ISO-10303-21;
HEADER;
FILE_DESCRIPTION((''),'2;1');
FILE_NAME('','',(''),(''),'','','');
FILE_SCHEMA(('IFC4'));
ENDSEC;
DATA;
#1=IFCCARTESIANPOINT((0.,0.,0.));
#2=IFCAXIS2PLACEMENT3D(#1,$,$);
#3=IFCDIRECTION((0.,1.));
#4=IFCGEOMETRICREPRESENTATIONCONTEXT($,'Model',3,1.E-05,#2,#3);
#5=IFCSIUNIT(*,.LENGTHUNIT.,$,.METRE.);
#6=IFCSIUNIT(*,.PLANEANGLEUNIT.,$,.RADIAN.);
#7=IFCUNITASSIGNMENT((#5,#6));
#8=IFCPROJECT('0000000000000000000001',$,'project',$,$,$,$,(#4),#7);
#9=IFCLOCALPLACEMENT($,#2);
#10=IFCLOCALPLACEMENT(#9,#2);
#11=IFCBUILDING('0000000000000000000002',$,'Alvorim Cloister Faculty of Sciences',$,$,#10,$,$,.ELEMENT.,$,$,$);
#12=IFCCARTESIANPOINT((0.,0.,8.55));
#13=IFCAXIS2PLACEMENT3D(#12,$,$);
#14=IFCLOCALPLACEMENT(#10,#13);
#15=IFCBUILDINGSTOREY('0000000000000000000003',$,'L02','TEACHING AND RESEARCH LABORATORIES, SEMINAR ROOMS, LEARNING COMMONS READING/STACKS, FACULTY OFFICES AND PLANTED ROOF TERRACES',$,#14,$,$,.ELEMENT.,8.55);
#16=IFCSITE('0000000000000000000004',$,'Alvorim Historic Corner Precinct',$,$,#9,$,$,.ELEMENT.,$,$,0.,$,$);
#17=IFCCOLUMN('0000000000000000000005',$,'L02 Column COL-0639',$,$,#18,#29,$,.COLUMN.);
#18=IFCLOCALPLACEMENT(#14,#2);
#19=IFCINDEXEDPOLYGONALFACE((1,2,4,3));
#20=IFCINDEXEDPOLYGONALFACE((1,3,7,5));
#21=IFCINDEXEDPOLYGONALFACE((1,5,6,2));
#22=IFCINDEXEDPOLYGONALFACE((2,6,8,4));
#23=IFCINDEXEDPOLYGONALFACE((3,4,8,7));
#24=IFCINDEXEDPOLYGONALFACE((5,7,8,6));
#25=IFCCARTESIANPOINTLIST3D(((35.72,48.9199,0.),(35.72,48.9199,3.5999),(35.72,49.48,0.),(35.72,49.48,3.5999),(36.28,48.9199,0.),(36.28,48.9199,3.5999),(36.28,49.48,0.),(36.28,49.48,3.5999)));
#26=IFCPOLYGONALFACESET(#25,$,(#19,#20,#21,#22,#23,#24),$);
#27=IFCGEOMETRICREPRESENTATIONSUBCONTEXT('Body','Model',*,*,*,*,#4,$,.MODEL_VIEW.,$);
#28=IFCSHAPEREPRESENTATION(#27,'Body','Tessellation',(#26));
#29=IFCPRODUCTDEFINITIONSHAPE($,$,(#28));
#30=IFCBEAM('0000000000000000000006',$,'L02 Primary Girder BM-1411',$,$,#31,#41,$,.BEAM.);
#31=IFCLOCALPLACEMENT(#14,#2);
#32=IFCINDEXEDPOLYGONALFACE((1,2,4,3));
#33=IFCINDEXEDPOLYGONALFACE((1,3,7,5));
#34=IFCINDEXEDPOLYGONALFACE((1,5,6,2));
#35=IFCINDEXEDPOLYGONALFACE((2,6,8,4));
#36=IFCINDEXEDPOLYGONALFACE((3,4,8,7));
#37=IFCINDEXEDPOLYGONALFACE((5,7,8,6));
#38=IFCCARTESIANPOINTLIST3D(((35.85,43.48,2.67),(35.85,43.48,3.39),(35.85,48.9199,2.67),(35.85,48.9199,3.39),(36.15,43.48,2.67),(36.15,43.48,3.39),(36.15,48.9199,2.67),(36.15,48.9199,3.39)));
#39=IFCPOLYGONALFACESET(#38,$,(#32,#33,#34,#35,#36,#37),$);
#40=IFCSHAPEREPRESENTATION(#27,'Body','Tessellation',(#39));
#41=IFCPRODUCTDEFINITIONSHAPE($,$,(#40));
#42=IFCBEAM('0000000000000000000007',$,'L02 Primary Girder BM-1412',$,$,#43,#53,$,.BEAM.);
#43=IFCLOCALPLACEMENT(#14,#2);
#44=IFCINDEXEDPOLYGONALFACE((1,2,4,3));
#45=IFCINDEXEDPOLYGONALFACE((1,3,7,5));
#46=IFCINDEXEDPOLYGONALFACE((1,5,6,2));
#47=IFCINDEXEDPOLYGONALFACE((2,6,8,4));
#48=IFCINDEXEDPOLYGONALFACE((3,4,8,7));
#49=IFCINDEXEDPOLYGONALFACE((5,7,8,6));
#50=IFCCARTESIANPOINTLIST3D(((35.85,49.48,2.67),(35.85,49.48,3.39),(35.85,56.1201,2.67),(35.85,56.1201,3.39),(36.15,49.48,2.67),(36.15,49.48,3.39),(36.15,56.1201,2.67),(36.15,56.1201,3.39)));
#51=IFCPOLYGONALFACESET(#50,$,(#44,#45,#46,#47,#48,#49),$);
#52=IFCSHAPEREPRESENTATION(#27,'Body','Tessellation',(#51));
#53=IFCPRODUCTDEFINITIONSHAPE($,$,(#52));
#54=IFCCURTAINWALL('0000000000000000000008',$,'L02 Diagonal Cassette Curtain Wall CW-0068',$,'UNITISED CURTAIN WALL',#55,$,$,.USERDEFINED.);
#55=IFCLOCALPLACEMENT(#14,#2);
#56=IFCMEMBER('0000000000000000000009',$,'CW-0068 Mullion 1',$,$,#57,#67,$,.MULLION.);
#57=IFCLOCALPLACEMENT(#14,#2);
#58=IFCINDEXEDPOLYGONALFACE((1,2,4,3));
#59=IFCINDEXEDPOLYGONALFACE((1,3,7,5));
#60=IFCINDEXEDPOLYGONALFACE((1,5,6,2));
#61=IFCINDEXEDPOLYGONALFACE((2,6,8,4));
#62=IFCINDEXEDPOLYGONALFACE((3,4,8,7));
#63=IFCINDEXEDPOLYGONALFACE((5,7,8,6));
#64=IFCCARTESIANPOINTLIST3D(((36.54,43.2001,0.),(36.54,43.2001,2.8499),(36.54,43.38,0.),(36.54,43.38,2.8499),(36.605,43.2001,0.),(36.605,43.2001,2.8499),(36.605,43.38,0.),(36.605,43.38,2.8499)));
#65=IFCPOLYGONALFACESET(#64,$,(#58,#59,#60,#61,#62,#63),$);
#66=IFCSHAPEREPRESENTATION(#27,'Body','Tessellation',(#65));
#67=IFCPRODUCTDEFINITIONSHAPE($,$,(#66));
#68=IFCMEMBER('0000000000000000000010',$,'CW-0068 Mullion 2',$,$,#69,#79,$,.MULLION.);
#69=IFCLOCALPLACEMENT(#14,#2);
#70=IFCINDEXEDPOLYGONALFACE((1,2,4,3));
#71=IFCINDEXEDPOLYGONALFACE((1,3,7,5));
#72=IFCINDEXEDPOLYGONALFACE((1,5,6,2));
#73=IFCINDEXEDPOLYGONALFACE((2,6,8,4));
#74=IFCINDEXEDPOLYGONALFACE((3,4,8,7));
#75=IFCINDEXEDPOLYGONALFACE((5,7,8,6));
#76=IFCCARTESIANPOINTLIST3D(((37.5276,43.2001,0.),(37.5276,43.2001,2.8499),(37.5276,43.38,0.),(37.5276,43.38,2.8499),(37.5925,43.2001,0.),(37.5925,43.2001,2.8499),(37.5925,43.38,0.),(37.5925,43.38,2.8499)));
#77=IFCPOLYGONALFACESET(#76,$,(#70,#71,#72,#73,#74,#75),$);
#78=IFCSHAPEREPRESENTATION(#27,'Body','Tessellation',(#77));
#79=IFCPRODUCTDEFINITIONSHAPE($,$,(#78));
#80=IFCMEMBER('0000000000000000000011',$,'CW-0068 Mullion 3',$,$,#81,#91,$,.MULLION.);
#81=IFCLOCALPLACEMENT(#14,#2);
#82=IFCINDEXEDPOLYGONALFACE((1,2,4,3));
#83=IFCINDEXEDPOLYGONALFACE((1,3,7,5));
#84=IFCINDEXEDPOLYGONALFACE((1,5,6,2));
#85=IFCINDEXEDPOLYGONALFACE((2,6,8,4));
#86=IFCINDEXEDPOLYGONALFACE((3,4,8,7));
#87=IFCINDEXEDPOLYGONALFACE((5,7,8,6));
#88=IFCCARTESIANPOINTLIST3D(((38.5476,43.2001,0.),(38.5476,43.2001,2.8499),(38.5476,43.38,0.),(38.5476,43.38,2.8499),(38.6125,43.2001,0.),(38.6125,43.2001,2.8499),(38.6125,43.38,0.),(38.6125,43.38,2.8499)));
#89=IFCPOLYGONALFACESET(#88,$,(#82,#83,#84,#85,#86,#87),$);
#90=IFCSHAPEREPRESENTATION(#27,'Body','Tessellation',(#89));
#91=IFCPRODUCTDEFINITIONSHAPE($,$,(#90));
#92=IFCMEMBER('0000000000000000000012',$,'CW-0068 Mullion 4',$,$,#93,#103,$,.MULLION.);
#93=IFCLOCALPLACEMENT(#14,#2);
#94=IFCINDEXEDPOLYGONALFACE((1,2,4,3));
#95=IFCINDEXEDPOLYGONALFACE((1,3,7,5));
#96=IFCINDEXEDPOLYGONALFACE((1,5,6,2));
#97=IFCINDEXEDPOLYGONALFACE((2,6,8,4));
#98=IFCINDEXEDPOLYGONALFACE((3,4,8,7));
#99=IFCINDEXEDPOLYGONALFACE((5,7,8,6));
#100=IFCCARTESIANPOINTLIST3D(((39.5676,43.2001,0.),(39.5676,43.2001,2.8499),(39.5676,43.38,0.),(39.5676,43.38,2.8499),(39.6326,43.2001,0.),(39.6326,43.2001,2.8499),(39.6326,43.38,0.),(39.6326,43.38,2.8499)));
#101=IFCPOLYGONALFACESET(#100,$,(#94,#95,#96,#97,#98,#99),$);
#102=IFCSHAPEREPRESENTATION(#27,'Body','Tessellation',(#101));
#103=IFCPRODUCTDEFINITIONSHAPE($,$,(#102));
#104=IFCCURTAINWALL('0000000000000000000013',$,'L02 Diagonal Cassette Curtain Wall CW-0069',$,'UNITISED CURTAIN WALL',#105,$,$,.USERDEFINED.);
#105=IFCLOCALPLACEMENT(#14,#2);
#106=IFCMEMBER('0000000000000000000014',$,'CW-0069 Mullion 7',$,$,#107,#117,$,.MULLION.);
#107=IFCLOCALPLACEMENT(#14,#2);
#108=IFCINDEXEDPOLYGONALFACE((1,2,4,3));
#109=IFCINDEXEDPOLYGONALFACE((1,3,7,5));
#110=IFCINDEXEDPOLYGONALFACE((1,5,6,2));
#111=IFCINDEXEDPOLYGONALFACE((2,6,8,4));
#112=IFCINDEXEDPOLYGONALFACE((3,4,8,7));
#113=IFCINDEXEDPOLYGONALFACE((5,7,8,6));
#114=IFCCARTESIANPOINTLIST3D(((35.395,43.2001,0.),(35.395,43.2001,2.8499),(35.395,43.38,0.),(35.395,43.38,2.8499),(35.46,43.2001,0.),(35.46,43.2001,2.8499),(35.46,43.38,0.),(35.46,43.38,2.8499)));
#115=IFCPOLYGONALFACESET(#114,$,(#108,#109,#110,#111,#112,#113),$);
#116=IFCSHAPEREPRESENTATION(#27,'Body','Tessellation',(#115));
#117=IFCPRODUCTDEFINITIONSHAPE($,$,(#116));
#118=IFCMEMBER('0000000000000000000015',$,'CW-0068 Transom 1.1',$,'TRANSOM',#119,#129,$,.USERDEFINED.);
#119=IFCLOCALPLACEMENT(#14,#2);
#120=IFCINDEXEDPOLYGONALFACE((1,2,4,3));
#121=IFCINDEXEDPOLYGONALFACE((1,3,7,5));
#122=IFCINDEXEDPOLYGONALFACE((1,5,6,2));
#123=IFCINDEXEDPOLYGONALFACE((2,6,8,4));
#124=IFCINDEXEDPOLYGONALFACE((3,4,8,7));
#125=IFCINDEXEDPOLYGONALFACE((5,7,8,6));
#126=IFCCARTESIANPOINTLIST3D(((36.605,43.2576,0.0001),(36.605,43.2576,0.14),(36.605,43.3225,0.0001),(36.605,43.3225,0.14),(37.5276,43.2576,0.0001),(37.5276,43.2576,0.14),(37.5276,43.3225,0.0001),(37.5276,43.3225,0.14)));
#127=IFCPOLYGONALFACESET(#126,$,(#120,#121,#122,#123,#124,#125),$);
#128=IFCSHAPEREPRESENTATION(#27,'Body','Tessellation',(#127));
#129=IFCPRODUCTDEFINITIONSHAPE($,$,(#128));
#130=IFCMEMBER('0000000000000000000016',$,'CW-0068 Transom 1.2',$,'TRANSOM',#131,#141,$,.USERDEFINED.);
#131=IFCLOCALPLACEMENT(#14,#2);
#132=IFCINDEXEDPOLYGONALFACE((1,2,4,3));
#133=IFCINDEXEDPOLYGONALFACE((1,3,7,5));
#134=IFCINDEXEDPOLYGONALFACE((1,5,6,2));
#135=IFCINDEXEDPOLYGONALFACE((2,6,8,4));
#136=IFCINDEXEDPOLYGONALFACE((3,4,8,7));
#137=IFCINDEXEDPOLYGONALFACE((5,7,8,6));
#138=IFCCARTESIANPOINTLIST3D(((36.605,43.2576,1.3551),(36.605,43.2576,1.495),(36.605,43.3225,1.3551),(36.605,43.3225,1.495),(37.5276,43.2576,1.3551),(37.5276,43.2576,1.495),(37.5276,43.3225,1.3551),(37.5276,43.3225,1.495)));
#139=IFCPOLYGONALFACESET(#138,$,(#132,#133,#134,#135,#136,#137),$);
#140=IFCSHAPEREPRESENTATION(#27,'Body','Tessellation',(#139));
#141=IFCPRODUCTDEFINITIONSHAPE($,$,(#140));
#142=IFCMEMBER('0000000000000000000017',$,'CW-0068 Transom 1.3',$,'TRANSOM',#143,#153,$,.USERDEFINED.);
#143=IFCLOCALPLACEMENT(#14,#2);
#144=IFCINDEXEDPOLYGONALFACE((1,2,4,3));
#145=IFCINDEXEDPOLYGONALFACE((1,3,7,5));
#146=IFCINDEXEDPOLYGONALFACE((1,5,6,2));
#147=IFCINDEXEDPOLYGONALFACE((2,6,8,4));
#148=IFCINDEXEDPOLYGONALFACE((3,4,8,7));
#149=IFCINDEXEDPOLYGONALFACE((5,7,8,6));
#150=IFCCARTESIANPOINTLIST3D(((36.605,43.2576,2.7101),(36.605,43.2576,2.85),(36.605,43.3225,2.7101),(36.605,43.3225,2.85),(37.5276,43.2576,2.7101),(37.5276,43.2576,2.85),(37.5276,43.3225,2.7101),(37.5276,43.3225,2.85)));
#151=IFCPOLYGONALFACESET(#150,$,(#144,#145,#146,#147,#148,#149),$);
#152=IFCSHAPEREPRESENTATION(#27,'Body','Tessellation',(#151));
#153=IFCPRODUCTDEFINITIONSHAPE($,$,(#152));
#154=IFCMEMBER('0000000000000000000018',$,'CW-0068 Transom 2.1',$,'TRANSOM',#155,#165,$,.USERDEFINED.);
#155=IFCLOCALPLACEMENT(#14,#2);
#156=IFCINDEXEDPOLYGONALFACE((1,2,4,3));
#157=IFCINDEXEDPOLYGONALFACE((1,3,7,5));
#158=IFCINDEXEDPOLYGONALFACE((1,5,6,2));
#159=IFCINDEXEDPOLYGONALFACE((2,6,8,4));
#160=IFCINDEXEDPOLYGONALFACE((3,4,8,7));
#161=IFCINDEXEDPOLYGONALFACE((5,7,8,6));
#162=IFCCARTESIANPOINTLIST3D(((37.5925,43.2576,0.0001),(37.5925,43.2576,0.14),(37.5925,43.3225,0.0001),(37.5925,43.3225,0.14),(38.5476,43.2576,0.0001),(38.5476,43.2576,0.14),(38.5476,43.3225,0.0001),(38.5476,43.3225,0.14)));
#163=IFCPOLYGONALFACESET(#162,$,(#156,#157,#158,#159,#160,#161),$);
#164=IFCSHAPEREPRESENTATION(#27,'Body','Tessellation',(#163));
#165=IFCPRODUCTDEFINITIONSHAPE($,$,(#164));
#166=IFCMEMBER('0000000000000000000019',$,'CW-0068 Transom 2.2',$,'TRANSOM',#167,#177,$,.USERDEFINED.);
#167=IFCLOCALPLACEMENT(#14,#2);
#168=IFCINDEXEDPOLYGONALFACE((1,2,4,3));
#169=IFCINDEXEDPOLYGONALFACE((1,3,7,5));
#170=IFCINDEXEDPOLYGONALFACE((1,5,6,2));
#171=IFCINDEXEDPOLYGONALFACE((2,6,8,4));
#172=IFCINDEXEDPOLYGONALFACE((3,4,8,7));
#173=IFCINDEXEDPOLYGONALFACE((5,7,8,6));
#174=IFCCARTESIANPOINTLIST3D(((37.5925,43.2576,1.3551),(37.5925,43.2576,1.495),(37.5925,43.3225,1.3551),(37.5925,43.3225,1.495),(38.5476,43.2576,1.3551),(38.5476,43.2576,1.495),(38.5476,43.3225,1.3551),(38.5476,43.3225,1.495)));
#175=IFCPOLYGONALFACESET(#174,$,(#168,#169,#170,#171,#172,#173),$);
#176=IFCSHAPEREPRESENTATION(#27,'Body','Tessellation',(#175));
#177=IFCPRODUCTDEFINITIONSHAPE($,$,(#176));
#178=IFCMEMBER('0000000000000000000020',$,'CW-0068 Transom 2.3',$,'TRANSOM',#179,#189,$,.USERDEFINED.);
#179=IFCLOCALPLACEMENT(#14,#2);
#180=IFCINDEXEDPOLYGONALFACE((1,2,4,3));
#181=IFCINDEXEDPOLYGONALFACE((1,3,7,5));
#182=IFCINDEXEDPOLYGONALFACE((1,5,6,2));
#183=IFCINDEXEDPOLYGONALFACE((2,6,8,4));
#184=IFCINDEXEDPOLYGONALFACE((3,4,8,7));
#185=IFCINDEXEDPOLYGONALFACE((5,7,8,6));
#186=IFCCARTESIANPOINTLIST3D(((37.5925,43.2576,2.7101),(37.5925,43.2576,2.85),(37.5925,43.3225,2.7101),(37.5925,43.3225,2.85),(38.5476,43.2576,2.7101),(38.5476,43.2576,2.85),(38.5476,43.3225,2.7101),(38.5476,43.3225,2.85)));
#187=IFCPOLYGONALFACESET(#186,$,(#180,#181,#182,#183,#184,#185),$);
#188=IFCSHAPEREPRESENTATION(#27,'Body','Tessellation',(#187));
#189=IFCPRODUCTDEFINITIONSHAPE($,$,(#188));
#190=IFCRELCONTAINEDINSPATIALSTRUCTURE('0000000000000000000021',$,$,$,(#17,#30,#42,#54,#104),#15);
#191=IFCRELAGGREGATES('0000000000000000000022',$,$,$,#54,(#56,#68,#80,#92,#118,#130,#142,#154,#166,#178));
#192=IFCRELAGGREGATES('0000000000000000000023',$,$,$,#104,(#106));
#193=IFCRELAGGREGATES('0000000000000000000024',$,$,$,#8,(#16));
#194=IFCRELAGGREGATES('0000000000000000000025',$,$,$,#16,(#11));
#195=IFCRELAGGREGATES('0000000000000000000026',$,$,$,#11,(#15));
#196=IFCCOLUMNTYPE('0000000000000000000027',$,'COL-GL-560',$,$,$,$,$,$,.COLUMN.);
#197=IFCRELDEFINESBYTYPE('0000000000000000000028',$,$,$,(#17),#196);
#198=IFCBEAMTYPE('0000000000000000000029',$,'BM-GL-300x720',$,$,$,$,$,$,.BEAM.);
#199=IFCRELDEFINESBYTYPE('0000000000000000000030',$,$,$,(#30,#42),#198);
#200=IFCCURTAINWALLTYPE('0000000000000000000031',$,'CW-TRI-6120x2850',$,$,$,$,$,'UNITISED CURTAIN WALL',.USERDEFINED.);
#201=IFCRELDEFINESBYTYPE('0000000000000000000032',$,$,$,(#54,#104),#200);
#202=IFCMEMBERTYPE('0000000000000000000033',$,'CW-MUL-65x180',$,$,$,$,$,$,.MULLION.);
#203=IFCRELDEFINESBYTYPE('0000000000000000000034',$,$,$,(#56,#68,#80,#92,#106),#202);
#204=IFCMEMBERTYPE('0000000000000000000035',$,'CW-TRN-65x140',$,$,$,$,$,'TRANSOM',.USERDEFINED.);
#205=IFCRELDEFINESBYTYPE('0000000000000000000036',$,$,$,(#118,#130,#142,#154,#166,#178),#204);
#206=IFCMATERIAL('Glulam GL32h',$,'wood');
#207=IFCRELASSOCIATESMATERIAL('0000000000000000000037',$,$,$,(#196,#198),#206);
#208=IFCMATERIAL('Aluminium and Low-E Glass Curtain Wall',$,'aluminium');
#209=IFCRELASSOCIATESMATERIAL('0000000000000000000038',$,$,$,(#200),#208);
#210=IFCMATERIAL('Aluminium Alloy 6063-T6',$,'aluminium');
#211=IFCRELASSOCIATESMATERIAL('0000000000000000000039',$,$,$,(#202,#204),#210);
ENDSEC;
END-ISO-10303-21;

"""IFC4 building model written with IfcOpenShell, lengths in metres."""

from ifc_helpers import new_model, si_unit, direction, frame, origin, origin_2d, place, context, subcontext, project, spatial, rectangle, extrude, material, material_profile, profile_set, type_object, element, aggregate, save


model = new_model("IFC4")

# Units and contexts
model_context = context("Model", 3, precision=1e-05, world=origin(), true_north=direction((0.0, 1.0)))
body_context = subcontext(model_context, "Body", "Model", "MODEL_VIEW")
ifc_project = project(units=[si_unit("LENGTHUNIT", "METRE"), si_unit("PLANEANGLEUNIT", "RADIAN")], contexts=[model_context])

# Site, building, storey
site_placement = place(None, origin())
site = spatial("IfcSite", under=ifc_project, at=site_placement, Name="Alvorim Historic Corner Precinct", CompositionType="ELEMENT", RefElevation=0.0)
building_placement = place(site_placement, origin())
building = spatial("IfcBuilding", under=site, at=building_placement, Name="Alvorim Cloister Faculty of Sciences", CompositionType="ELEMENT")
storey_placement = place(building_placement, frame((0.0, 0.0, 8.55)))
storey = spatial("IfcBuildingStorey", under=building, at=storey_placement, Name="L02", Description="TEACHING AND RESEARCH LABORATORIES, SEMINAR ROOMS, LEARNING COMMONS READING/STACKS, FACULTY OFFICES AND PLANTED ROOF TERRACES", CompositionType="ELEMENT", Elevation=8.55)

# Column
ifc_material_1 = material(Name="Glulam GL32h", Category="wood")
ifc_material_profile_1 = material_profile(ifc_material_1, rectangle(XDim=0.5601, YDim=0.5601, at=origin_2d()), Name="GL32-COL-560x560")
ifc_profile_set_1 = profile_set([ifc_material_profile_1], Name="Glulam GL32h")
column_type = type_object("IfcColumnType", Name="COL-GL-560", PredefinedType="COLUMN", material=ifc_profile_set_1)
column_placement = place(storey_placement, frame((36.0, 49.2, 0.0), z_axis=(0.0, 0.0, 1.0), x_axis=(1.0, 0.0, 0.0)))
element("IfcColumn", 1, at=column_placement, inside=storey, type_object=column_type, Name="L02 Column COL-0639", PredefinedType="COLUMN", context=body_context, shape_type="SweptSolid", body=[
    extrude(rectangle(XDim=0.5601, YDim=0.5601, at=origin_2d()), origin(), (0.0, 0.0, 1.0), 3.5999),
])

# Beams
ifc_material_profile_2 = material_profile(ifc_material_1, rectangle(XDim=0.3, YDim=0.72, at=origin_2d()), Name="GL32-BM-300x720")
ifc_profile_set_2 = profile_set([ifc_material_profile_2], Name="Glulam GL32h")
beam_type = type_object("IfcBeamType", Name="BM-GL-300x720", PredefinedType="BEAM", material=ifc_profile_set_2)
beam_1_placement = place(storey_placement, frame((36.0, 43.48, 3.03), z_axis=(0.0, 1.0, 0.0), x_axis=(-1.0, 0.0, 0.0)))
element("IfcBeam", 2, at=beam_1_placement, inside=storey, type_object=beam_type, Name="L02 Primary Girder BM-1411", PredefinedType="BEAM", context=body_context, shape_type="SweptSolid", body=[
    extrude(rectangle(XDim=0.3, YDim=0.72, at=origin_2d()), origin(), (0.0, 0.0, 1.0), 5.4399),
])
beam_2_placement = place(storey_placement, frame((36.0, 49.48, 3.03), z_axis=(0.0, 1.0, 0.0), x_axis=(-1.0, 0.0, 0.0)))
element("IfcBeam", 3, at=beam_2_placement, inside=storey, type_object=beam_type, Name="L02 Primary Girder BM-1412", PredefinedType="BEAM", context=body_context, shape_type="SweptSolid", body=[
    extrude(rectangle(XDim=0.3, YDim=0.72, at=origin_2d()), origin(), (0.0, 0.0, 1.0), 6.6401),
])

# Curtain wall, members
ifc_material_2 = material(Name="Aluminium and Low-E Glass Curtain Wall", Category="aluminium")
curtain_wall_type = type_object("IfcCurtainWallType", Name="CW-TRI-6120x2850", ElementType="UNITISED CURTAIN WALL", PredefinedType="USERDEFINED", material=ifc_material_2)
curtain_wall_1_placement = place(storey_placement, origin())
curtain_wall_1 = element("IfcCurtainWall", 4, at=curtain_wall_1_placement, inside=storey, type_object=curtain_wall_type, Name="L02 Diagonal Cassette Curtain Wall CW-0068", ObjectType="UNITISED CURTAIN WALL", PredefinedType="USERDEFINED")
ifc_material_3 = material(Name="Aluminium Alloy 6063-T6", Category="aluminium")
ifc_material_profile_3 = material_profile(ifc_material_3, rectangle(XDim=0.0649, YDim=0.1799, at=origin_2d()), Name="ALU-MUL-65x180")
ifc_profile_set_3 = profile_set([ifc_material_profile_3], Name="Aluminium Alloy 6063-T6")
member_type_1 = type_object("IfcMemberType", Name="CW-MUL-65x180", PredefinedType="MULLION", material=ifc_profile_set_3)
member_1_placement = place(storey_placement, frame((36.5725, 43.29, 0.0), z_axis=(0.0, 0.0, 1.0), x_axis=(1.0, 0.0, 0.0)))
member_1 = element("IfcMember", 5, at=member_1_placement, type_object=member_type_1, Name="CW-0068 Mullion 1", PredefinedType="MULLION", context=body_context, shape_type="SweptSolid", body=[
    extrude(rectangle(XDim=0.0649, YDim=0.1799, at=origin_2d()), origin(), (0.0, 0.0, 1.0), 2.8499),
])
member_2_placement = place(storey_placement, frame((37.5601, 43.29, 0.0), z_axis=(0.0, 0.0, 1.0), x_axis=(1.0, 0.0, 0.0)))
member_2 = element("IfcMember", 6, at=member_2_placement, type_object=member_type_1, Name="CW-0068 Mullion 2", PredefinedType="MULLION", context=body_context, shape_type="SweptSolid", body=[
    extrude(rectangle(XDim=0.0649, YDim=0.1799, at=origin_2d()), origin(), (0.0, 0.0, 1.0), 2.8499),
])
member_3_placement = place(storey_placement, frame((38.5801, 43.29, 0.0), z_axis=(0.0, 0.0, 1.0), x_axis=(1.0, 0.0, 0.0)))
member_3 = element("IfcMember", 7, at=member_3_placement, type_object=member_type_1, Name="CW-0068 Mullion 3", PredefinedType="MULLION", context=body_context, shape_type="SweptSolid", body=[
    extrude(rectangle(XDim=0.0649, YDim=0.1799, at=origin_2d()), origin(), (0.0, 0.0, 1.0), 2.8499),
])
member_4_placement = place(storey_placement, frame((39.6001, 43.29, 0.0), z_axis=(0.0, 0.0, 1.0), x_axis=(1.0, 0.0, 0.0)))
member_4 = element("IfcMember", 8, at=member_4_placement, type_object=member_type_1, Name="CW-0068 Mullion 4", PredefinedType="MULLION", context=body_context, shape_type="SweptSolid", body=[
    extrude(rectangle(XDim=0.0649, YDim=0.1799, at=origin_2d()), origin(), (0.0, 0.0, 1.0), 2.8499),
])

# Curtain wall, member
curtain_wall_2_placement = place(storey_placement, origin())
curtain_wall_2 = element("IfcCurtainWall", 9, at=curtain_wall_2_placement, inside=storey, type_object=curtain_wall_type, Name="L02 Diagonal Cassette Curtain Wall CW-0069", ObjectType="UNITISED CURTAIN WALL", PredefinedType="USERDEFINED")
member_5_placement = place(storey_placement, frame((35.4275, 43.29, 0.0), z_axis=(0.0, 0.0, 1.0), x_axis=(1.0, 0.0, 0.0)))
member_5 = element("IfcMember", 10, at=member_5_placement, type_object=member_type_1, Name="CW-0069 Mullion 7", PredefinedType="MULLION", context=body_context, shape_type="SweptSolid", body=[
    extrude(rectangle(XDim=0.0649, YDim=0.1799, at=origin_2d()), origin(), (0.0, 0.0, 1.0), 2.8499),
])

# Members
ifc_material_profile_4 = material_profile(ifc_material_3, rectangle(XDim=0.0649, YDim=0.1399, at=origin_2d()), Name="ALU-TRN-65x140")
ifc_profile_set_4 = profile_set([ifc_material_profile_4], Name="Aluminium Alloy 6063-T6")
member_type_2 = type_object("IfcMemberType", Name="CW-TRN-65x140", ElementType="TRANSOM", PredefinedType="USERDEFINED", material=ifc_profile_set_4)
member_6_placement = place(storey_placement, frame((36.605, 43.29, 0.0701), z_axis=(1.0, 0.0, 0.0), x_axis=(0.0, 1.0, 0.0)))
member_6 = element("IfcMember", 11, at=member_6_placement, type_object=member_type_2, Name="CW-0068 Transom 1.1", ObjectType="TRANSOM", PredefinedType="USERDEFINED", context=body_context, shape_type="SweptSolid", body=[
    extrude(rectangle(XDim=0.0649, YDim=0.1399, at=origin_2d()), origin(), (0.0, 0.0, 1.0), 0.9226),
])
member_7_placement = place(storey_placement, frame((36.605, 43.29, 1.425), z_axis=(1.0, 0.0, 0.0), x_axis=(0.0, 1.0, 0.0)))
member_7 = element("IfcMember", 12, at=member_7_placement, type_object=member_type_2, Name="CW-0068 Transom 1.2", ObjectType="TRANSOM", PredefinedType="USERDEFINED", context=body_context, shape_type="SweptSolid", body=[
    extrude(rectangle(XDim=0.0649, YDim=0.1399, at=origin_2d()), origin(), (0.0, 0.0, 1.0), 0.9226),
])
member_8_placement = place(storey_placement, frame((36.605, 43.29, 2.78), z_axis=(1.0, 0.0, 0.0), x_axis=(0.0, 1.0, 0.0)))
member_8 = element("IfcMember", 13, at=member_8_placement, type_object=member_type_2, Name="CW-0068 Transom 1.3", ObjectType="TRANSOM", PredefinedType="USERDEFINED", context=body_context, shape_type="SweptSolid", body=[
    extrude(rectangle(XDim=0.0649, YDim=0.1399, at=origin_2d()), origin(), (0.0, 0.0, 1.0), 0.9226),
])
member_9_placement = place(storey_placement, frame((37.5925, 43.29, 0.0701), z_axis=(1.0, 0.0, 0.0), x_axis=(0.0, 1.0, 0.0)))
member_9 = element("IfcMember", 14, at=member_9_placement, type_object=member_type_2, Name="CW-0068 Transom 2.1", ObjectType="TRANSOM", PredefinedType="USERDEFINED", context=body_context, shape_type="SweptSolid", body=[
    extrude(rectangle(XDim=0.0649, YDim=0.1399, at=origin_2d()), origin(), (0.0, 0.0, 1.0), 0.9551),
])
member_10_placement = place(storey_placement, frame((37.5925, 43.29, 1.425), z_axis=(1.0, 0.0, 0.0), x_axis=(0.0, 1.0, 0.0)))
member_10 = element("IfcMember", 15, at=member_10_placement, type_object=member_type_2, Name="CW-0068 Transom 2.2", ObjectType="TRANSOM", PredefinedType="USERDEFINED", context=body_context, shape_type="SweptSolid", body=[
    extrude(rectangle(XDim=0.0649, YDim=0.1399, at=origin_2d()), origin(), (0.0, 0.0, 1.0), 0.9551),
])
member_11_placement = place(storey_placement, frame((37.5925, 43.29, 2.78), z_axis=(1.0, 0.0, 0.0), x_axis=(0.0, 1.0, 0.0)))
member_11 = element("IfcMember", 16, at=member_11_placement, type_object=member_type_2, Name="CW-0068 Transom 2.3", ObjectType="TRANSOM", PredefinedType="USERDEFINED", context=body_context, shape_type="SweptSolid", body=[
    extrude(rectangle(XDim=0.0649, YDim=0.1399, at=origin_2d()), origin(), (0.0, 0.0, 1.0), 0.9551),
])
aggregate(curtain_wall_1, [member_1, member_2, member_3, member_4, member_6, member_7, member_8, member_9, member_10, member_11])
aggregate(curtain_wall_2, [member_5])

save(model, "model.ifc")
